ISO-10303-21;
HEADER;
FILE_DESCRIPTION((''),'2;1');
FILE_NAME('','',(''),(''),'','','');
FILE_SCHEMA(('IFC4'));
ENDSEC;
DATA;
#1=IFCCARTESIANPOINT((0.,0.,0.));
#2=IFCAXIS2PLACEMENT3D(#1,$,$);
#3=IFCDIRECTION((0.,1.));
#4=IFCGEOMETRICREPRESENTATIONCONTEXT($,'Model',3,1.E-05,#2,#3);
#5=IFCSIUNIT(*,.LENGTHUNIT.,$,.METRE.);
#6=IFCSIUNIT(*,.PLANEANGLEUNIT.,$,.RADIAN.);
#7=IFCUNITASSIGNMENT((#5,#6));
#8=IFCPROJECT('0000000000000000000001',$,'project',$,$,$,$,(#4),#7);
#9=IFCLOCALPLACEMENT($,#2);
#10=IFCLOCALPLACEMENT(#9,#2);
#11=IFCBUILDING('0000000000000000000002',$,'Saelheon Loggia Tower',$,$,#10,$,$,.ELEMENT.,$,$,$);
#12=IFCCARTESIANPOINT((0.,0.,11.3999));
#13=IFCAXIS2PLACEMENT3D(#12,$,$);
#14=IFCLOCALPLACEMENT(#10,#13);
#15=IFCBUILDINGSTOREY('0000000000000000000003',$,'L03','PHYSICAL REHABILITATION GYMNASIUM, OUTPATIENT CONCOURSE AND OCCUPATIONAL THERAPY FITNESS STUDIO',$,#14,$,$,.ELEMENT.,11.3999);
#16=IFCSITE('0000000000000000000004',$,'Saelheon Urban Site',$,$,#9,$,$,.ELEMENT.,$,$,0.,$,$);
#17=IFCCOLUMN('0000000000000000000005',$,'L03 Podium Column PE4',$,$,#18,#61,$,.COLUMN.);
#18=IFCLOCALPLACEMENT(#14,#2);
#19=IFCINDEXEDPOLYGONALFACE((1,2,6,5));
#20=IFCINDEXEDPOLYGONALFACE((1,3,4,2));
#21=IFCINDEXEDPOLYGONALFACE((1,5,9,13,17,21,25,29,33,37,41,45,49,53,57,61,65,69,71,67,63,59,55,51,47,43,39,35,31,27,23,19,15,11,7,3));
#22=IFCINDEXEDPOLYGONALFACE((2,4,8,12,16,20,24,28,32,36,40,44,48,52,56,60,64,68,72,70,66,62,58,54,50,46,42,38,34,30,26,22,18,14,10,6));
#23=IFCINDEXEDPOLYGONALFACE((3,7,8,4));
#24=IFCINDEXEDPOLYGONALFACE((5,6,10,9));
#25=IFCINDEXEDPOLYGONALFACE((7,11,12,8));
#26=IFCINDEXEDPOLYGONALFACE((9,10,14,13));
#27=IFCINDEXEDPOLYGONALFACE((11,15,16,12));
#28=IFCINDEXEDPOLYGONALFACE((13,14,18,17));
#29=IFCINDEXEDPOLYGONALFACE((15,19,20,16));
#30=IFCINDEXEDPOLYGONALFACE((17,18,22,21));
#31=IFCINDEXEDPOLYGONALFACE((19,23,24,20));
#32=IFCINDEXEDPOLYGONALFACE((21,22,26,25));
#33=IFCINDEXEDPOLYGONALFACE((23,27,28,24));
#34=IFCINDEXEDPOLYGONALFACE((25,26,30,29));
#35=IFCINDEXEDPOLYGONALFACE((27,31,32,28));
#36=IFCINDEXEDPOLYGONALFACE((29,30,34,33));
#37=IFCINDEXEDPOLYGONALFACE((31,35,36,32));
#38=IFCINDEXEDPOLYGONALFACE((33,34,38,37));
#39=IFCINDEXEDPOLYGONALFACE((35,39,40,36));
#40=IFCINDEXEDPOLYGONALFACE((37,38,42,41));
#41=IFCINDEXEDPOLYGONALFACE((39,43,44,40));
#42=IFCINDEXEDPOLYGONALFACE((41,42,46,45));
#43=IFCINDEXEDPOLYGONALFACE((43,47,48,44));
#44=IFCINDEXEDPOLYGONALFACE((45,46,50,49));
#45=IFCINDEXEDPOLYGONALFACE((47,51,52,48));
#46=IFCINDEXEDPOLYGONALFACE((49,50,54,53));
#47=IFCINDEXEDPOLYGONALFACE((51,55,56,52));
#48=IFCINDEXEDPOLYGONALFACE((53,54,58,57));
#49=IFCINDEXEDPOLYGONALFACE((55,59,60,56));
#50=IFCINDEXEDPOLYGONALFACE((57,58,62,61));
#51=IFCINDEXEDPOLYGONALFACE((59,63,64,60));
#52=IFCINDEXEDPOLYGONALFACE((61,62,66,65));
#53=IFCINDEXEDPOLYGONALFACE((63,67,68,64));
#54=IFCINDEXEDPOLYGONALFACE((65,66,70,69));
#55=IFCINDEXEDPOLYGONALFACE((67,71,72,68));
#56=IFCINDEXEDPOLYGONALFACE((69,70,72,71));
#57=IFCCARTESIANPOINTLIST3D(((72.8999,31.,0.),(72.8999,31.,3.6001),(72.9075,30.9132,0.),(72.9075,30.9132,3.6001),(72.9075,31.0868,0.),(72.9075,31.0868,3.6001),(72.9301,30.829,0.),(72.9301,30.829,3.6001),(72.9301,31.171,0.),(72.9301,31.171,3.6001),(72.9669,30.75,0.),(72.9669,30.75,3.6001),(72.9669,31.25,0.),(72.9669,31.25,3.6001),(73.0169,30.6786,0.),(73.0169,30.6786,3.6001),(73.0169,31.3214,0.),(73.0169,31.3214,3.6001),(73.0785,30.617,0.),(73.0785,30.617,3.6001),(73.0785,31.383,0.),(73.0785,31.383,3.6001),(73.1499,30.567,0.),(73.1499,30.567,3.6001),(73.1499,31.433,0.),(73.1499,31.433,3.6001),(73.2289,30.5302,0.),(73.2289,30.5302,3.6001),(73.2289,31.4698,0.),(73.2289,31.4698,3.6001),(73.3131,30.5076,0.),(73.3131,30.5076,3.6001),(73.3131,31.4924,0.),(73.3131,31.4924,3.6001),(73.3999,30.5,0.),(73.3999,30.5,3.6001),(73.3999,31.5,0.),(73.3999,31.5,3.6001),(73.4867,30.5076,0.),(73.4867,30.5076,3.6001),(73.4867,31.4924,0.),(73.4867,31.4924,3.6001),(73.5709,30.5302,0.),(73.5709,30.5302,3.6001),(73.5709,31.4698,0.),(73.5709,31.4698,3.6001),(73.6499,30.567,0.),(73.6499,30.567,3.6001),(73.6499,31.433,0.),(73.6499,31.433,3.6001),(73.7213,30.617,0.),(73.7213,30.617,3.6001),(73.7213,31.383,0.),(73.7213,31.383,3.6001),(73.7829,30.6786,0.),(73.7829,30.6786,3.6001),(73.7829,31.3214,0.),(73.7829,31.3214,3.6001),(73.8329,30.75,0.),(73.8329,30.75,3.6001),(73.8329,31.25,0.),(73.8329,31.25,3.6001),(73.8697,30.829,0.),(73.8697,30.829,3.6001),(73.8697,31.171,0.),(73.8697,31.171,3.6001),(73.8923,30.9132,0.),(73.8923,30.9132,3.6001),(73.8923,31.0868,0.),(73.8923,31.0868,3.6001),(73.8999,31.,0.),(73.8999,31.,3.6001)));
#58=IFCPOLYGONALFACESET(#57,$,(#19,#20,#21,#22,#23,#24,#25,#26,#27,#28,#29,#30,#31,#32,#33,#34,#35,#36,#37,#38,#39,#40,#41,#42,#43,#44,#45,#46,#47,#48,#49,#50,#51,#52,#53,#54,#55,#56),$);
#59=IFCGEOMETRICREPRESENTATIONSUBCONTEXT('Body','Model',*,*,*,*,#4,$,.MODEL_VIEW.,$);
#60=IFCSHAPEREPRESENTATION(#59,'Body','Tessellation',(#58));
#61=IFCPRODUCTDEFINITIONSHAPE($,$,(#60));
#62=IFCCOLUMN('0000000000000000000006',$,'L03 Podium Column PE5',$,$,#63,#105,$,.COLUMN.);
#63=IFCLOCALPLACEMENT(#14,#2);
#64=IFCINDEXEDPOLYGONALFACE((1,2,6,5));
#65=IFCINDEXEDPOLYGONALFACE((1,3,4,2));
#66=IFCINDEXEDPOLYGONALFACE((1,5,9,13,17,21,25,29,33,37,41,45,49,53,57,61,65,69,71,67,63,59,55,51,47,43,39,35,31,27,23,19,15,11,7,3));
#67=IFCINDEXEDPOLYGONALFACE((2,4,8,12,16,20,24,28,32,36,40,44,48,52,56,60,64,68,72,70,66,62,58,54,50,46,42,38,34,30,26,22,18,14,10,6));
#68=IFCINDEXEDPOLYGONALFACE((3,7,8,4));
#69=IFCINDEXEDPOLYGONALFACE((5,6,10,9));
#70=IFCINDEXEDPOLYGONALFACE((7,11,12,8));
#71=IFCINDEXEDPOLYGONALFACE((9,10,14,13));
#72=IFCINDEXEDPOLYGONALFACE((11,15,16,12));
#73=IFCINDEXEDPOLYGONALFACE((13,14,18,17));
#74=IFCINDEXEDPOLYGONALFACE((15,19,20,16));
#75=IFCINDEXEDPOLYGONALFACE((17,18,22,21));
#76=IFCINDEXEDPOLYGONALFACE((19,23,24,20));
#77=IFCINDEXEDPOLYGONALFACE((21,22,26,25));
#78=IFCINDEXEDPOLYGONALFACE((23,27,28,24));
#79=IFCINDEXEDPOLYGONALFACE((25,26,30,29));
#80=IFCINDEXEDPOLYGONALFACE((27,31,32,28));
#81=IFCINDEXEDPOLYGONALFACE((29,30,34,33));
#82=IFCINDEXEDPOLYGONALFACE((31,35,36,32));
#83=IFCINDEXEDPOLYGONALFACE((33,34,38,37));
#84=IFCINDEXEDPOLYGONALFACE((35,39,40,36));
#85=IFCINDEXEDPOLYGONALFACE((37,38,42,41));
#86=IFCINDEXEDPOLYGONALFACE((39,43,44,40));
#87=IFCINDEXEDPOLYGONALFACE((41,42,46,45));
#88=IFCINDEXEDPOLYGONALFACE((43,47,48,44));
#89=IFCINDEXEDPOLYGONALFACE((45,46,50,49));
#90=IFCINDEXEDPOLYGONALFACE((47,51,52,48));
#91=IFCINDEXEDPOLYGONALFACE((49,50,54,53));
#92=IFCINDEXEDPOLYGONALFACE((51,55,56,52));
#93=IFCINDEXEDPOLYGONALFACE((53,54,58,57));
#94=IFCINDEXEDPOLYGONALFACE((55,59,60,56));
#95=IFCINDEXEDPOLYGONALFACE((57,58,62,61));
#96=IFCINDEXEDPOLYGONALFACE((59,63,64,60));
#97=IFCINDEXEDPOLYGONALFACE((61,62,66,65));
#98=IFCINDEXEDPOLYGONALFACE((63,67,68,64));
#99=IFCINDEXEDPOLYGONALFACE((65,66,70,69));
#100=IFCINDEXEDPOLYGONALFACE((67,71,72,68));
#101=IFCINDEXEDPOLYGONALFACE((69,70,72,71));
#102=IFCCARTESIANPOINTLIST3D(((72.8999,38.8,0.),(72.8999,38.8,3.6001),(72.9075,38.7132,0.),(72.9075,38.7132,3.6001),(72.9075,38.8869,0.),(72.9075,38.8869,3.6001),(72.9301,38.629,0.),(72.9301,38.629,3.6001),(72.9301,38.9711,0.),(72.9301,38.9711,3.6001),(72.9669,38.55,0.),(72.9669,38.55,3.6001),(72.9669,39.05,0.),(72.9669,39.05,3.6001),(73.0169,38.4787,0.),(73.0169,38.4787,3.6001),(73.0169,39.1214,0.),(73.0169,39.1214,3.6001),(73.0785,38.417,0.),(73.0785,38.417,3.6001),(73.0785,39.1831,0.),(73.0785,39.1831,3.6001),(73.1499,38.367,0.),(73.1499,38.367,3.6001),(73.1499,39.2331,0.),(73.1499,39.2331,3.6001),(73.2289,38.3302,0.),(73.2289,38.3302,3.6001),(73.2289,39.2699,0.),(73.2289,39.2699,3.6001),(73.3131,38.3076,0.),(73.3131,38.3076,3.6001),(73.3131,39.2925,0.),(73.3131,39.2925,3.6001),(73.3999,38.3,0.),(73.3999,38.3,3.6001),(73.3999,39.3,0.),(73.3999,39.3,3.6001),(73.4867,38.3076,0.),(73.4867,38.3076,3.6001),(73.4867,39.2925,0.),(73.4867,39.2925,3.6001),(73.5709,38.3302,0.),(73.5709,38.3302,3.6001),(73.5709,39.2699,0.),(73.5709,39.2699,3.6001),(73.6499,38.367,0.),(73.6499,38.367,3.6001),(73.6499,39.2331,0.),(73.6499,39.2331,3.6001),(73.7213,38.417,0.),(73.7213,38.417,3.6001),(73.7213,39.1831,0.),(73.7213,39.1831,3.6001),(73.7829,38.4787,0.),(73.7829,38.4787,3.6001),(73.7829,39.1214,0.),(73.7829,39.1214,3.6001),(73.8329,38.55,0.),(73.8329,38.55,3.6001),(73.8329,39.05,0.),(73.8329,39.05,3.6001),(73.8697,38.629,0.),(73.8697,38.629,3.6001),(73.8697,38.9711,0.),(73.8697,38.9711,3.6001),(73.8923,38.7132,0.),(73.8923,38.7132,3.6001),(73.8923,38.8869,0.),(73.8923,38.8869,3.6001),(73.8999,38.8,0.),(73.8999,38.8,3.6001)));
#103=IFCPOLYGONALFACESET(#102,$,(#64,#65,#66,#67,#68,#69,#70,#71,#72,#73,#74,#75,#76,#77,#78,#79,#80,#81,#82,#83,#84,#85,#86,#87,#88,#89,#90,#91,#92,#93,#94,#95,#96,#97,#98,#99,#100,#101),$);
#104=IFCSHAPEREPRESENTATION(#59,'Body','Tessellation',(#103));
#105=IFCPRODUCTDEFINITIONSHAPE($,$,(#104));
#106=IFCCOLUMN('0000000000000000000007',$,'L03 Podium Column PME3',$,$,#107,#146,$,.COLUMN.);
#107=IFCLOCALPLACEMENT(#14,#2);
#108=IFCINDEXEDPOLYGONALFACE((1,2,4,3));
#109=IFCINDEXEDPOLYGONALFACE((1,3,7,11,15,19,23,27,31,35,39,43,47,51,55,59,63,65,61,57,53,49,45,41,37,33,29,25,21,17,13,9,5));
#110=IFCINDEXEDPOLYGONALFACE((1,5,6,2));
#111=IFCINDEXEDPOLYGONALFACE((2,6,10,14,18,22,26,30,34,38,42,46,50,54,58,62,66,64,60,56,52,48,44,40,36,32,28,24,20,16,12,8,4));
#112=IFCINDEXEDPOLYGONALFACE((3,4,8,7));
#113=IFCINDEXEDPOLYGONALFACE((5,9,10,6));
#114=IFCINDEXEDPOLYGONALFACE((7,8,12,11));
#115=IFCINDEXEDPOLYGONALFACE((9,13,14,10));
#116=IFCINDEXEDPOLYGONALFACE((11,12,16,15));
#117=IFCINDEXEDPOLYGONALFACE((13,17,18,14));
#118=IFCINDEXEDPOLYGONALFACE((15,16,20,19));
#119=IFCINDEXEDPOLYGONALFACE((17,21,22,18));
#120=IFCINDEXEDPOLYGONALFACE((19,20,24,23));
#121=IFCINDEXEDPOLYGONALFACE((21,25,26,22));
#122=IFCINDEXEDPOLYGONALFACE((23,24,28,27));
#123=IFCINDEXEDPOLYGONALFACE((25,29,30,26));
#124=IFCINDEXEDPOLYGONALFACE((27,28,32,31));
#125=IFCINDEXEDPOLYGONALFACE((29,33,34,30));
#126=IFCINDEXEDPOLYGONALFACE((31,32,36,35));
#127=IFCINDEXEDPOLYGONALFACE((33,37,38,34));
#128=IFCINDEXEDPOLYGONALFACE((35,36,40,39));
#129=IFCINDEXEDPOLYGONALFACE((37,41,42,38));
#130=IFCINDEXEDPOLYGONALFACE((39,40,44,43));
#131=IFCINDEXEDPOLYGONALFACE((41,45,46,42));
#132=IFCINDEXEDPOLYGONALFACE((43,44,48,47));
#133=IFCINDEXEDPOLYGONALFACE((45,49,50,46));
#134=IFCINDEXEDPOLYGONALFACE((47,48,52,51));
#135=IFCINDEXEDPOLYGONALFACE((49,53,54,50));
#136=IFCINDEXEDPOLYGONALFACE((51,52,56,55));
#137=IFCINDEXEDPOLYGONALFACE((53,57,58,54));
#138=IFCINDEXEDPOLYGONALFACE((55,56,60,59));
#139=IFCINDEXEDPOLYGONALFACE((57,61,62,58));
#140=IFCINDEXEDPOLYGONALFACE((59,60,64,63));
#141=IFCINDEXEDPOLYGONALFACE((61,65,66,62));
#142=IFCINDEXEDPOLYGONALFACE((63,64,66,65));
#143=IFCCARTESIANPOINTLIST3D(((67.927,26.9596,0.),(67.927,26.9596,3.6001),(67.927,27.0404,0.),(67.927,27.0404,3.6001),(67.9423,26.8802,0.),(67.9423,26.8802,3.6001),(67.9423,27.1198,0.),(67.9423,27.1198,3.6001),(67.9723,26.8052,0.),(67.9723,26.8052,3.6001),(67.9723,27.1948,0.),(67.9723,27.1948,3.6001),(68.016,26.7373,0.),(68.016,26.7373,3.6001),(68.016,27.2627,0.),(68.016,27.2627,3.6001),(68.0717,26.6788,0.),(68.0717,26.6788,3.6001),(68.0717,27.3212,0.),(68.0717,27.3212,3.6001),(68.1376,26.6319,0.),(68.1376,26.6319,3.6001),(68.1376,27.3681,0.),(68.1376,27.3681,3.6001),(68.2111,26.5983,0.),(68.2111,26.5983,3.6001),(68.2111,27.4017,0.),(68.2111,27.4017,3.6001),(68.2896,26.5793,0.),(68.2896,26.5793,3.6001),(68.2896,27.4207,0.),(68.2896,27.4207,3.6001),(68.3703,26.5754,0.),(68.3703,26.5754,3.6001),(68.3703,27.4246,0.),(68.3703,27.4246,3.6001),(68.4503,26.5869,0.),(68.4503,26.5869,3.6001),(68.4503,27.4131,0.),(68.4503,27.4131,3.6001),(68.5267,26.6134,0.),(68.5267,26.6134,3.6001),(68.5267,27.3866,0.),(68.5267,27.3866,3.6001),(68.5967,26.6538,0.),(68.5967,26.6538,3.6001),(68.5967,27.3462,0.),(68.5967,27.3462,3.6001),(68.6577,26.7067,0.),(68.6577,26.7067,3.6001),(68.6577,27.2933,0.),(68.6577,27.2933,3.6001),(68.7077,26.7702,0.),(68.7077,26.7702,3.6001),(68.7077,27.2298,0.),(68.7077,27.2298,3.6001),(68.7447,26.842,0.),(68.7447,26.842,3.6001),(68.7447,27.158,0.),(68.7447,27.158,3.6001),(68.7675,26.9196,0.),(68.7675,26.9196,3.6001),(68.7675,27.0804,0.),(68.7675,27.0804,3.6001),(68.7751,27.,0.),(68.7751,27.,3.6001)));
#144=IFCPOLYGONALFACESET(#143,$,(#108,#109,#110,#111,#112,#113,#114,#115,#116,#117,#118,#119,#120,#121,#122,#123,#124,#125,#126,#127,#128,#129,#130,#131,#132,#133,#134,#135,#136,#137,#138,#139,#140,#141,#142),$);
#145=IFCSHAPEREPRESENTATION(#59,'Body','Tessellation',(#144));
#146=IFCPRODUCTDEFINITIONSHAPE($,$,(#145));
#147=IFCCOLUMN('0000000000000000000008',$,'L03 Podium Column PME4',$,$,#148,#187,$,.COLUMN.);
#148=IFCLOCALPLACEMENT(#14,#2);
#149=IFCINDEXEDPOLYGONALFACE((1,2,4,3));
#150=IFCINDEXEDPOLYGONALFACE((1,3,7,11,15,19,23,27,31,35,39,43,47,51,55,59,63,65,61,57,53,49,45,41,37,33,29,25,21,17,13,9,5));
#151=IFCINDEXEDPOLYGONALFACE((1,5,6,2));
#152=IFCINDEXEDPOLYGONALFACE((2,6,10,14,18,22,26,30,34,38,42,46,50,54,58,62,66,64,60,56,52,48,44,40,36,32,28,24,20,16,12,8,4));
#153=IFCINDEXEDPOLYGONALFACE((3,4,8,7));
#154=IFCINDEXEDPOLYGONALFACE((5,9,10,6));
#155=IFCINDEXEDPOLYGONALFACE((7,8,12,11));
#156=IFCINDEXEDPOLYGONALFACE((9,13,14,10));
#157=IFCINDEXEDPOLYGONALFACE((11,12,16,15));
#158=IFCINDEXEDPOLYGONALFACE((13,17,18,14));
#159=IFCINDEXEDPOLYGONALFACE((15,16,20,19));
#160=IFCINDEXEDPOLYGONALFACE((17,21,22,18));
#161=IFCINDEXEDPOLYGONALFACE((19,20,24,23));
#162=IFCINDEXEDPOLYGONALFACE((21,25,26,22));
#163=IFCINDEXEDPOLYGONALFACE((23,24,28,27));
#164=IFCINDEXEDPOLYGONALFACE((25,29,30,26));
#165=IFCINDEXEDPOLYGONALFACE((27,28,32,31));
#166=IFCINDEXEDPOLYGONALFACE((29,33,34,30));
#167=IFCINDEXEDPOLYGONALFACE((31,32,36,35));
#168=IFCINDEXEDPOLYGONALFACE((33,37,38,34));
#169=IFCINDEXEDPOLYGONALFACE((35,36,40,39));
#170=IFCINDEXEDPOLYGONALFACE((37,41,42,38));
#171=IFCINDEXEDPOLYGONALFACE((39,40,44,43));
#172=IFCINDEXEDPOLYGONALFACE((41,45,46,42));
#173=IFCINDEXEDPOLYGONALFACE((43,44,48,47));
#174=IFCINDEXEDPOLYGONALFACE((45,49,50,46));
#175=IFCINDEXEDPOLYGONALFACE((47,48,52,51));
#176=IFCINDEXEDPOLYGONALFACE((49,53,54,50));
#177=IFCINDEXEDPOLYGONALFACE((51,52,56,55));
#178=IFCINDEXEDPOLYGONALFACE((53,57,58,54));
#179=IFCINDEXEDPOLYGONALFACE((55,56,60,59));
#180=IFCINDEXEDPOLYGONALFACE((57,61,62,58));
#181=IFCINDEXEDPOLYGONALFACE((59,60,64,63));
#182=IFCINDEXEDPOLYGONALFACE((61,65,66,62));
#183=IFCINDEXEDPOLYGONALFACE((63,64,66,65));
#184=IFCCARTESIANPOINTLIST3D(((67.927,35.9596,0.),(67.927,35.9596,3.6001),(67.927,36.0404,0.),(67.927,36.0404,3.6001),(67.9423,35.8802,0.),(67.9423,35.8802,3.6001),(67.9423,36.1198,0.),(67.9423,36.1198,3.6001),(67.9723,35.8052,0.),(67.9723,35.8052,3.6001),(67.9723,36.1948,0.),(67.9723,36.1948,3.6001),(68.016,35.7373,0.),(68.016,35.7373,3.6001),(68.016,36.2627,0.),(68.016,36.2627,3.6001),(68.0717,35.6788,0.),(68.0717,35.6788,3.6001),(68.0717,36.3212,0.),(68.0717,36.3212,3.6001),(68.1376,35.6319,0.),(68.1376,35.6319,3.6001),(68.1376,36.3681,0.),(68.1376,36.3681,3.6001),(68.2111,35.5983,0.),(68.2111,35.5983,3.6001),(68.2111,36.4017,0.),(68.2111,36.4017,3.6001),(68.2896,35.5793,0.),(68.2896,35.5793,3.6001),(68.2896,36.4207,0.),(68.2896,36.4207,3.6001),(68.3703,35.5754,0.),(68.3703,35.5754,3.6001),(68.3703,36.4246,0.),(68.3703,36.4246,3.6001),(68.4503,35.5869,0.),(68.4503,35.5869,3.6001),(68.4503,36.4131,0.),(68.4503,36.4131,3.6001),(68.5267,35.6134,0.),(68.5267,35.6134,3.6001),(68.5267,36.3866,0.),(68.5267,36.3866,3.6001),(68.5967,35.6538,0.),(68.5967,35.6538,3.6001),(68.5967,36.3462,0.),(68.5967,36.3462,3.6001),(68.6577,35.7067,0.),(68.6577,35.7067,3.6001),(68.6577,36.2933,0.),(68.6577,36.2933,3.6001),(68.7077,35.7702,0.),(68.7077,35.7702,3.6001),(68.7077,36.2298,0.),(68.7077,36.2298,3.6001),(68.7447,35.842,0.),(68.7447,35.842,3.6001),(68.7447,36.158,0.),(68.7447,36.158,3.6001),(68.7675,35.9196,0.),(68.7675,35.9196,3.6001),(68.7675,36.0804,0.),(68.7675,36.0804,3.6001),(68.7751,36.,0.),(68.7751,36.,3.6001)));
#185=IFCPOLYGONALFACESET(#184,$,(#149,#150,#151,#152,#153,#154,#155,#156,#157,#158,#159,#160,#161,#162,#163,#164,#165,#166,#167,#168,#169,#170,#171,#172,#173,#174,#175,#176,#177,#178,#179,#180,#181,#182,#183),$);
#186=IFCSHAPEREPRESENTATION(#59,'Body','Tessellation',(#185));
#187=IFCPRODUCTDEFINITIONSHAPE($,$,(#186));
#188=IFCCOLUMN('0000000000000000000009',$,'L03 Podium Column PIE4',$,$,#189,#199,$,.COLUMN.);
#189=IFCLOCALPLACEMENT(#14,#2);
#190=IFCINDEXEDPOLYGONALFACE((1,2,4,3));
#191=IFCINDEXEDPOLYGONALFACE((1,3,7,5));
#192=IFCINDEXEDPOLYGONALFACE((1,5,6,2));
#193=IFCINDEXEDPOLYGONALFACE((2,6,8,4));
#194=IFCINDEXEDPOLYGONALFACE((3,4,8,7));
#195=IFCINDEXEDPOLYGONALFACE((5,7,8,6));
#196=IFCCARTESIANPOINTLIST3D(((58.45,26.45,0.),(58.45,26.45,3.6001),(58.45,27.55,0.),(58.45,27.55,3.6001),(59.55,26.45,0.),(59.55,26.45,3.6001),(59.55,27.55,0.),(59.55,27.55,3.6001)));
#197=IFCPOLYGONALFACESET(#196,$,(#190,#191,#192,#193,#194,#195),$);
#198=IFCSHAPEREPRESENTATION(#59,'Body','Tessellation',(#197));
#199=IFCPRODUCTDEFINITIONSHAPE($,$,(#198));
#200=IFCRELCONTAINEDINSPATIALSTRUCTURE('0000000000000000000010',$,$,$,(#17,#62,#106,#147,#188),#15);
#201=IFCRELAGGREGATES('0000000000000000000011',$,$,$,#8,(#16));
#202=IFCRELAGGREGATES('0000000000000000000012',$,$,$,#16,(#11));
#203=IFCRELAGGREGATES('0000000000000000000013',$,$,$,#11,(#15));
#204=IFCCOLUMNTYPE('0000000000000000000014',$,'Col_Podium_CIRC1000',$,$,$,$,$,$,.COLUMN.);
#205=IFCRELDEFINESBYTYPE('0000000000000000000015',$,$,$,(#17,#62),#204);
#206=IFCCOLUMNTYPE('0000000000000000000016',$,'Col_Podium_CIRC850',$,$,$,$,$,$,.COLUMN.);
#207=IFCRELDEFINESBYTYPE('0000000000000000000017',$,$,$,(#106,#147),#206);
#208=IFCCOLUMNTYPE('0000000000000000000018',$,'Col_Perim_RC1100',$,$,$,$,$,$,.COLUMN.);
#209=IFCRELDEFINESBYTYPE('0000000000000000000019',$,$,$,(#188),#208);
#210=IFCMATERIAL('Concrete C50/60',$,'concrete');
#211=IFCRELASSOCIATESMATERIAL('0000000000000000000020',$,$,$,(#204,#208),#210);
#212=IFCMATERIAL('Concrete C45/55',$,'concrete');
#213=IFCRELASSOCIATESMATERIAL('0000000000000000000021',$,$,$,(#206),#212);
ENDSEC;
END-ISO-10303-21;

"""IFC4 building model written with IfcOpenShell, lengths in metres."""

from ifc_helpers import new_model, si_unit, direction, frame, origin, origin_2d, place, context, subcontext, project, spatial, rectangle, circle, extrude, source, transform, mapped, material, material_profile, profile_set, type_object, element, save


model = new_model("IFC4")

# Units and contexts
model_context = context("Model", 3, precision=1e-05, world=origin(), true_north=direction((0.0, 1.0)))
body_context = subcontext(model_context, "Body", "Model", "MODEL_VIEW")
ifc_project = project(units=[si_unit("LENGTHUNIT", "METRE"), si_unit("PLANEANGLEUNIT", "RADIAN")], contexts=[model_context])

# Site, building, storey
site_placement = place(None, origin())
site = spatial("IfcSite", under=ifc_project, at=site_placement, Name="Saelheon Urban Site", CompositionType="ELEMENT", RefElevation=0.0)
building_placement = place(site_placement, origin())
building = spatial("IfcBuilding", under=site, at=building_placement, Name="Saelheon Loggia Tower", CompositionType="ELEMENT")
storey_placement = place(building_placement, frame((0.0, 0.0, 11.3999)))
storey = spatial("IfcBuildingStorey", under=building, at=storey_placement, Name="L03", Description="PHYSICAL REHABILITATION GYMNASIUM, OUTPATIENT CONCOURSE AND OCCUPATIONAL THERAPY FITNESS STUDIO", CompositionType="ELEMENT", Elevation=11.3999)

# Columns
ifc_material_1 = material(Name="Concrete C50/60", Category="concrete")
ifc_material_profile_1 = material_profile(ifc_material_1, circle(Radius=0.5, at=origin_2d()), Name="CIRC-1000")
ifc_profile_set_1 = profile_set([ifc_material_profile_1], Name="Concrete C50/60")
column_type_1 = type_object("IfcColumnType", Name="Col_Podium_CIRC1000", PredefinedType="COLUMN", material=ifc_profile_set_1)
shared_shape_1 = source(origin(), body_context, "Body", "SweptSolid", [
    extrude(circle(Radius=0.5, at=origin_2d()), origin(), (0.0, 0.0, 1.0), 3.6001),
])
for number, where, z_axis, x_axis, name in (
    (1, (73.3999, 31.0, 0.0), (0.0, 0.0, 1.0), (1.0, 0.0, 0.0), "L03 Podium Column PE4"),
    (2, (73.3999, 38.8, 0.0), (0.0, 0.0, 1.0), (1.0, 0.0, 0.0), "L03 Podium Column PE5"),
):
    element("IfcColumn", number, at=place(storey_placement, frame(where, z_axis=z_axis, x_axis=x_axis)), inside=storey, type_object=column_type_1, Name=name, PredefinedType="COLUMN", context=body_context, shape_type="MappedRepresentation", body=[
        mapped(shared_shape_1, transform((0.0, 0.0, 0.0), scale=1.0)),
    ])
ifc_material_2 = material(Name="Concrete C45/55", Category="concrete")
ifc_material_profile_2 = material_profile(ifc_material_2, circle(Radius=0.425, at=origin_2d()), Name="CIRC-850")
ifc_profile_set_2 = profile_set([ifc_material_profile_2], Name="Concrete C45/55")
column_type_2 = type_object("IfcColumnType", Name="Col_Podium_CIRC850", PredefinedType="COLUMN", material=ifc_profile_set_2)
shared_shape_2 = source(origin(), body_context, "Body", "SweptSolid", [
    extrude(circle(Radius=0.425, at=origin_2d()), origin(), (0.0, 0.0, 1.0), 3.6001),
])
for number, where, z_axis, x_axis, name in (
    (3, (68.3501, 27.0, 0.0), (0.0, 0.0, 1.0), (1.0, 0.0, 0.0), "L03 Podium Column PME3"),
    (4, (68.3501, 36.0, 0.0), (0.0, 0.0, 1.0), (1.0, 0.0, 0.0), "L03 Podium Column PME4"),
):
    element("IfcColumn", number, at=place(storey_placement, frame(where, z_axis=z_axis, x_axis=x_axis)), inside=storey, type_object=column_type_2, Name=name, PredefinedType="COLUMN", context=body_context, shape_type="MappedRepresentation", body=[
        mapped(shared_shape_2, transform((0.0, 0.0, 0.0), scale=1.0)),
    ])
ifc_material_profile_3 = material_profile(ifc_material_1, rectangle(XDim=1.1001, YDim=1.1001, at=origin_2d()), Name="RC-1100x1100")
ifc_profile_set_3 = profile_set([ifc_material_profile_3], Name="Concrete C50/60")
column_type_3 = type_object("IfcColumnType", Name="Col_Perim_RC1100", PredefinedType="COLUMN", material=ifc_profile_set_3)
shared_shape_3 = source(origin(), body_context, "Body", "SweptSolid", [
    extrude(rectangle(XDim=1.1001, YDim=1.1001, at=origin_2d()), origin(), (0.0, 0.0, 1.0), 3.6001),
])
for number, where, z_axis, x_axis, name in (
    (5, (59.0, 27.0, 0.0), (0.0, 0.0, 1.0), (1.0, 0.0, 0.0), "L03 Podium Column PIE4"),
):
    element("IfcColumn", number, at=place(storey_placement, frame(where, z_axis=z_axis, x_axis=x_axis)), inside=storey, type_object=column_type_3, Name=name, PredefinedType="COLUMN", context=body_context, shape_type="MappedRepresentation", body=[
        mapped(shared_shape_3, transform((0.0, 0.0, 0.0), scale=1.0)),
    ])

save(model, "model.ifc")
